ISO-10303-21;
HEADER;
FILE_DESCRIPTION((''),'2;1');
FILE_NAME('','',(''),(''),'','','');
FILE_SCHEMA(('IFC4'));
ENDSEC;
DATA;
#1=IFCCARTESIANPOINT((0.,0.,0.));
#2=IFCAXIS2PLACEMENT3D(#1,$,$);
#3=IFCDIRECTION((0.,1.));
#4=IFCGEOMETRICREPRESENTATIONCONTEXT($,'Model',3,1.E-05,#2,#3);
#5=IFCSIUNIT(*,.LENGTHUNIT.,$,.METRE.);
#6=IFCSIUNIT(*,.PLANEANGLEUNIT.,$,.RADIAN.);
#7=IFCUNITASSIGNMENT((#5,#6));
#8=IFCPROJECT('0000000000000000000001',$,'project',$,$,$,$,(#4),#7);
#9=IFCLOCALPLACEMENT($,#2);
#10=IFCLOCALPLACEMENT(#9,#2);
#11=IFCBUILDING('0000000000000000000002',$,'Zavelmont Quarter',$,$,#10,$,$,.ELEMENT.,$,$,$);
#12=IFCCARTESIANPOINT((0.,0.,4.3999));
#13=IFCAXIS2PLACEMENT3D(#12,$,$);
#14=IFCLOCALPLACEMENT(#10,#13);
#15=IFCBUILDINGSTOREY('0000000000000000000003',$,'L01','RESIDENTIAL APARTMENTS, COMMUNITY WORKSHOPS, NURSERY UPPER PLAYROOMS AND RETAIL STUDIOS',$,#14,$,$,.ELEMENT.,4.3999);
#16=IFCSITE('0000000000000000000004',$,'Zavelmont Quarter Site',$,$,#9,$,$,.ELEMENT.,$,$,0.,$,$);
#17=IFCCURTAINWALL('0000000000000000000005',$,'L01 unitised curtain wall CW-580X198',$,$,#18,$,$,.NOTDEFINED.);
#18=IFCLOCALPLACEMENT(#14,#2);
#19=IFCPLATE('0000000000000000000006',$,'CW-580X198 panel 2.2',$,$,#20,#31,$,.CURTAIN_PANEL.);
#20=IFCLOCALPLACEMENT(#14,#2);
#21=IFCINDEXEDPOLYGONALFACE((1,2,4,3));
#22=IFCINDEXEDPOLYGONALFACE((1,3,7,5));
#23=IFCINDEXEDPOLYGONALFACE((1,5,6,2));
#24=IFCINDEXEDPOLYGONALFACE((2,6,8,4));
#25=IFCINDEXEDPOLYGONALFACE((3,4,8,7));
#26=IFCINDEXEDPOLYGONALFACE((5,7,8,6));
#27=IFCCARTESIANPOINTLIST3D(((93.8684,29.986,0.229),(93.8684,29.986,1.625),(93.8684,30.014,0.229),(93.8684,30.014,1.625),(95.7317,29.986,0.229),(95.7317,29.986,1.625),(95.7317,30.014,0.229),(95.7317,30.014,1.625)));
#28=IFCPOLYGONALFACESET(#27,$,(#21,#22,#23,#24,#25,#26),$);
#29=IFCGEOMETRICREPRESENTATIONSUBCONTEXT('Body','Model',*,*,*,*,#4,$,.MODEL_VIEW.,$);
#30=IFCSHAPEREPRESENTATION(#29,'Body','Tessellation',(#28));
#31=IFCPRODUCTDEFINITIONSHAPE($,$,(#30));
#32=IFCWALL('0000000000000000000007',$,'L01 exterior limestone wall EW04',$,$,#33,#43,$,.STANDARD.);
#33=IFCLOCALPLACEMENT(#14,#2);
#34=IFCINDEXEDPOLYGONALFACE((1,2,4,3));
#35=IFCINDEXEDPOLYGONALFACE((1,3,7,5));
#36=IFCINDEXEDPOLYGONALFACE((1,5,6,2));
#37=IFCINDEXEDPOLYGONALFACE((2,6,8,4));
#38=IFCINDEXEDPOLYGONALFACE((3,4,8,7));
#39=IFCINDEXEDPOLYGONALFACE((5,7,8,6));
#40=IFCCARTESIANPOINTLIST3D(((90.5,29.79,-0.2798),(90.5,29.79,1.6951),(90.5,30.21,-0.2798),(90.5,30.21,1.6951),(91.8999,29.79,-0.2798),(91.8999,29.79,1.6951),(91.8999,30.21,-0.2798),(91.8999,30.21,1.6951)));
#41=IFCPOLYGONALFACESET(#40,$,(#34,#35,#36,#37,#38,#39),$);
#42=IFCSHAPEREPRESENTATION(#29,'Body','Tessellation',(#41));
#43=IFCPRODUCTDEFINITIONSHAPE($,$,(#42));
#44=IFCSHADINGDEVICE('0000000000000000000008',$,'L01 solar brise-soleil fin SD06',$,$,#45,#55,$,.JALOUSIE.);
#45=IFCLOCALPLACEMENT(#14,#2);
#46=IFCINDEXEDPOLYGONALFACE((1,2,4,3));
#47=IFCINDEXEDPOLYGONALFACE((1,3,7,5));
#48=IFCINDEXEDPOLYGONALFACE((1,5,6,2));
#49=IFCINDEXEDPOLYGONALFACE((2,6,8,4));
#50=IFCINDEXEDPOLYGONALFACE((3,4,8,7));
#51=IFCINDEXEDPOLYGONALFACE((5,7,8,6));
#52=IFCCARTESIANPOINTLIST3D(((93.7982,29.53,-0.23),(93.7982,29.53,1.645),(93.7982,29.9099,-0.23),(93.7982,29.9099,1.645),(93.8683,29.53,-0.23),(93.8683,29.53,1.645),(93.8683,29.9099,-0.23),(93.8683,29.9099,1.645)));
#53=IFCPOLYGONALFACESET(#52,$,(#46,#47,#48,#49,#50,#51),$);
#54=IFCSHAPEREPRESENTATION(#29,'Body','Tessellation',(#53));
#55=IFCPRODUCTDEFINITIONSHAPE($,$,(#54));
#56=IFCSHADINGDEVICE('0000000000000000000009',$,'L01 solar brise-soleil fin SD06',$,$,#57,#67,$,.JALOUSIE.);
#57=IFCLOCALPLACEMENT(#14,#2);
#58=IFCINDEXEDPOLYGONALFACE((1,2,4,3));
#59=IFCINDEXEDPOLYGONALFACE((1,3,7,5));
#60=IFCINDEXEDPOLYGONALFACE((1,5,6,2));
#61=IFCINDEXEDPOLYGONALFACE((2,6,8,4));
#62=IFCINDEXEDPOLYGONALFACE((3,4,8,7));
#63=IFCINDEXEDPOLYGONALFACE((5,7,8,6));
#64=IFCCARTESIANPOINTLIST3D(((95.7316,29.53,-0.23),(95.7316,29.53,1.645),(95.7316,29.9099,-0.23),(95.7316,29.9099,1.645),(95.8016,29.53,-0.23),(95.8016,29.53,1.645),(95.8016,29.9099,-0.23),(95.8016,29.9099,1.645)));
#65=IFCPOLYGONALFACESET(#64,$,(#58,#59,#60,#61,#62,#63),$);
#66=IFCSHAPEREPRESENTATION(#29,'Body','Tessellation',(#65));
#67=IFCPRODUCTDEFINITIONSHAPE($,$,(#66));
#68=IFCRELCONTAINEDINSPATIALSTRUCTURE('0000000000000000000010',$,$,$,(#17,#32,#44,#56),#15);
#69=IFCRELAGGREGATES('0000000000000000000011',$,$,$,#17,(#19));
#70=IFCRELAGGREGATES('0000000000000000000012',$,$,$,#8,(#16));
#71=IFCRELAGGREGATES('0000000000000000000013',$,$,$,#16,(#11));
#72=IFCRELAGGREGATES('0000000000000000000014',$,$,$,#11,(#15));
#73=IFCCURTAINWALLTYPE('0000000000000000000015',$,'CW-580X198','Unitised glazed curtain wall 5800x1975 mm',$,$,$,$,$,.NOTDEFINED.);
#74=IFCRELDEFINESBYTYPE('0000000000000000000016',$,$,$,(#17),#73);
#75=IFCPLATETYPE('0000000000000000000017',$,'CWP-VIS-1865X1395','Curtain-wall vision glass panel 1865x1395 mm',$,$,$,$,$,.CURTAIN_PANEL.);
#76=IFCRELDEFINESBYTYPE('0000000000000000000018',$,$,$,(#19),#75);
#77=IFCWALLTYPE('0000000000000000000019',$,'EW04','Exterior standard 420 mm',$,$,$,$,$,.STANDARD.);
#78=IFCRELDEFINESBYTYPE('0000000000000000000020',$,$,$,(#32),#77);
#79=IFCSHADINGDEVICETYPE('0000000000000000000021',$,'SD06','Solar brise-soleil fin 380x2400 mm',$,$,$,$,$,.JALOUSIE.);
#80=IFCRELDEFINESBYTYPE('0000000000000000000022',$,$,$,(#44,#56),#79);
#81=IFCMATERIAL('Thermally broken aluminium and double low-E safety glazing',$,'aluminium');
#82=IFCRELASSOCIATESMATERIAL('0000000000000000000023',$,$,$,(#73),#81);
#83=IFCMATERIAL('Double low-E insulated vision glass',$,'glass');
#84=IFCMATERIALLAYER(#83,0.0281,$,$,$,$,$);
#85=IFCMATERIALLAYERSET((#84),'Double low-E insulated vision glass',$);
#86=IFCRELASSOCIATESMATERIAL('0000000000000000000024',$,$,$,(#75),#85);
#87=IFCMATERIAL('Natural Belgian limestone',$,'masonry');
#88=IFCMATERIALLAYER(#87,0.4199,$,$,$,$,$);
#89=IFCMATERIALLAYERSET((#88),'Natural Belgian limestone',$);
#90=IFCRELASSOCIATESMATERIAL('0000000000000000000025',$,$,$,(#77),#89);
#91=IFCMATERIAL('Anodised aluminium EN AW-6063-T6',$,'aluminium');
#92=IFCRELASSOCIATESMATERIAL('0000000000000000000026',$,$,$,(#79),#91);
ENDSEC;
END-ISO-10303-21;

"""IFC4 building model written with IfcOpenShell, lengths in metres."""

from ifc_helpers import new_model, si_unit, direction, frame, frame_2d, origin, origin_2d, place, context, subcontext, project, spatial, rectangle, extrude, material, layer, layer_set, type_object, element, aggregate, save


model = new_model("IFC4")

# Units and contexts
model_context = context("Model", 3, precision=1e-05, world=origin(), true_north=direction((0.0, 1.0)))
body_context = subcontext(model_context, "Body", "Model", "MODEL_VIEW")
ifc_project = project(units=[si_unit("LENGTHUNIT", "METRE"), si_unit("PLANEANGLEUNIT", "RADIAN")], contexts=[model_context])

# Site, building, storey
site_placement = place(None, origin())
site = spatial("IfcSite", under=ifc_project, at=site_placement, Name="Zavelmont Quarter Site", CompositionType="ELEMENT", RefElevation=0.0)
building_placement = place(site_placement, origin())
building = spatial("IfcBuilding", under=site, at=building_placement, Name="Zavelmont Quarter", CompositionType="ELEMENT")
storey_placement = place(building_placement, frame((0.0, 0.0, 4.3999)))
storey = spatial("IfcBuildingStorey", under=building, at=storey_placement, Name="L01", Description="RESIDENTIAL APARTMENTS, COMMUNITY WORKSHOPS, NURSERY UPPER PLAYROOMS AND RETAIL STUDIOS", CompositionType="ELEMENT", Elevation=4.3999)

# Shared definitions
ifc_material_1 = material(Name="Thermally broken aluminium and double low-E safety glazing", Category="aluminium")
curtain_wall_type = type_object("IfcCurtainWallType", Name="CW-580X198", Description="Unitised glazed curtain wall 5800x1975 mm", PredefinedType="NOTDEFINED", material=ifc_material_1)

# Curtain wall
curtain_wall_1_placement = place(storey_placement, origin())
curtain_wall_1 = element("IfcCurtainWall", 1, at=curtain_wall_1_placement, inside=storey, type_object=curtain_wall_type, Name="L01 unitised curtain wall CW-580X198", PredefinedType="NOTDEFINED")

# Plate
ifc_material_2 = material(Name="Double low-E insulated vision glass", Category="glass")
ifc_layer_1 = layer(ifc_material_2, 0.0281)
ifc_layer_set_1 = layer_set([ifc_layer_1], Name="Double low-E insulated vision glass")
plate_type_1 = type_object("IfcPlateType", Name="CWP-VIS-1865X1395", Description="Curtain-wall vision glass panel 1865x1395 mm", PredefinedType="CURTAIN_PANEL", material=ifc_layer_set_1)
plate_1_placement = place(storey_placement, frame((94.8, 30.0, 0.229), z_axis=(0.0, 0.0, 1.0), x_axis=(1.0, 0.0, 0.0)))
plate_1 = element("IfcPlate", 2, at=plate_1_placement, type_object=plate_type_1, Name="CW-580X198 panel 2.2", PredefinedType="CURTAIN_PANEL", context=body_context, shape_type="SweptSolid", body=[
    extrude(rectangle(XDim=1.8633, YDim=0.0281, at=origin_2d()), origin(), (0.0, 0.0, 1.0), 1.396),
])
aggregate(curtain_wall_1, [plate_1])

# Wall
ifc_material_3 = material(Name="Natural Belgian limestone", Category="masonry")
ifc_layer_2 = layer(ifc_material_3, 0.4199)
ifc_layer_set_2 = layer_set([ifc_layer_2], Name="Natural Belgian limestone")
wall_type = type_object("IfcWallType", Name="EW04", Description="Exterior standard 420 mm", PredefinedType="STANDARD", material=ifc_layer_set_2)
wall_placement = place(storey_placement, frame((90.5, 30.0, -0.2798), z_axis=(0.0, 0.0, 1.0), x_axis=(1.0, 0.0, 0.0)))
element("IfcWall", 3, at=wall_placement, inside=storey, type_object=wall_type, Name="L01 exterior limestone wall EW04", PredefinedType="STANDARD", context=body_context, shape_type="SweptSolid", body=[
    extrude(rectangle(XDim=1.3999, YDim=0.4199, at=frame_2d((0.7, 0.0))), origin(), (0.0, 0.0, 1.0), 1.9749),
])

# Shading devices
ifc_material_4 = material(Name="Anodised aluminium EN AW-6063-T6", Category="aluminium")
shading_device_type = type_object("IfcShadingDeviceType", Name="SD06", Description="Solar brise-soleil fin 380x2400 mm", PredefinedType="JALOUSIE", material=ifc_material_4)
for number, where, z_axis, x_axis, name in (
    (4, (93.8333, 29.72, -0.23), (0.0, 0.0, 1.0), (1.0, 0.0, 0.0), "L01 solar brise-soleil fin SD06"),
    (5, (95.7666, 29.72, -0.23), (0.0, 0.0, 1.0), (1.0, 0.0, 0.0), "L01 solar brise-soleil fin SD06"),
):
    element("IfcShadingDevice", number, at=place(storey_placement, frame(where, z_axis=z_axis, x_axis=x_axis)), inside=storey, type_object=shading_device_type, Name=name, PredefinedType="JALOUSIE", context=body_context, shape_type="SweptSolid", body=[
        extrude(rectangle(XDim=0.0701, YDim=0.3799, at=origin_2d()), origin(), (0.0, 0.0, 1.0), 1.875),
    ])

save(model, "model.ifc")
